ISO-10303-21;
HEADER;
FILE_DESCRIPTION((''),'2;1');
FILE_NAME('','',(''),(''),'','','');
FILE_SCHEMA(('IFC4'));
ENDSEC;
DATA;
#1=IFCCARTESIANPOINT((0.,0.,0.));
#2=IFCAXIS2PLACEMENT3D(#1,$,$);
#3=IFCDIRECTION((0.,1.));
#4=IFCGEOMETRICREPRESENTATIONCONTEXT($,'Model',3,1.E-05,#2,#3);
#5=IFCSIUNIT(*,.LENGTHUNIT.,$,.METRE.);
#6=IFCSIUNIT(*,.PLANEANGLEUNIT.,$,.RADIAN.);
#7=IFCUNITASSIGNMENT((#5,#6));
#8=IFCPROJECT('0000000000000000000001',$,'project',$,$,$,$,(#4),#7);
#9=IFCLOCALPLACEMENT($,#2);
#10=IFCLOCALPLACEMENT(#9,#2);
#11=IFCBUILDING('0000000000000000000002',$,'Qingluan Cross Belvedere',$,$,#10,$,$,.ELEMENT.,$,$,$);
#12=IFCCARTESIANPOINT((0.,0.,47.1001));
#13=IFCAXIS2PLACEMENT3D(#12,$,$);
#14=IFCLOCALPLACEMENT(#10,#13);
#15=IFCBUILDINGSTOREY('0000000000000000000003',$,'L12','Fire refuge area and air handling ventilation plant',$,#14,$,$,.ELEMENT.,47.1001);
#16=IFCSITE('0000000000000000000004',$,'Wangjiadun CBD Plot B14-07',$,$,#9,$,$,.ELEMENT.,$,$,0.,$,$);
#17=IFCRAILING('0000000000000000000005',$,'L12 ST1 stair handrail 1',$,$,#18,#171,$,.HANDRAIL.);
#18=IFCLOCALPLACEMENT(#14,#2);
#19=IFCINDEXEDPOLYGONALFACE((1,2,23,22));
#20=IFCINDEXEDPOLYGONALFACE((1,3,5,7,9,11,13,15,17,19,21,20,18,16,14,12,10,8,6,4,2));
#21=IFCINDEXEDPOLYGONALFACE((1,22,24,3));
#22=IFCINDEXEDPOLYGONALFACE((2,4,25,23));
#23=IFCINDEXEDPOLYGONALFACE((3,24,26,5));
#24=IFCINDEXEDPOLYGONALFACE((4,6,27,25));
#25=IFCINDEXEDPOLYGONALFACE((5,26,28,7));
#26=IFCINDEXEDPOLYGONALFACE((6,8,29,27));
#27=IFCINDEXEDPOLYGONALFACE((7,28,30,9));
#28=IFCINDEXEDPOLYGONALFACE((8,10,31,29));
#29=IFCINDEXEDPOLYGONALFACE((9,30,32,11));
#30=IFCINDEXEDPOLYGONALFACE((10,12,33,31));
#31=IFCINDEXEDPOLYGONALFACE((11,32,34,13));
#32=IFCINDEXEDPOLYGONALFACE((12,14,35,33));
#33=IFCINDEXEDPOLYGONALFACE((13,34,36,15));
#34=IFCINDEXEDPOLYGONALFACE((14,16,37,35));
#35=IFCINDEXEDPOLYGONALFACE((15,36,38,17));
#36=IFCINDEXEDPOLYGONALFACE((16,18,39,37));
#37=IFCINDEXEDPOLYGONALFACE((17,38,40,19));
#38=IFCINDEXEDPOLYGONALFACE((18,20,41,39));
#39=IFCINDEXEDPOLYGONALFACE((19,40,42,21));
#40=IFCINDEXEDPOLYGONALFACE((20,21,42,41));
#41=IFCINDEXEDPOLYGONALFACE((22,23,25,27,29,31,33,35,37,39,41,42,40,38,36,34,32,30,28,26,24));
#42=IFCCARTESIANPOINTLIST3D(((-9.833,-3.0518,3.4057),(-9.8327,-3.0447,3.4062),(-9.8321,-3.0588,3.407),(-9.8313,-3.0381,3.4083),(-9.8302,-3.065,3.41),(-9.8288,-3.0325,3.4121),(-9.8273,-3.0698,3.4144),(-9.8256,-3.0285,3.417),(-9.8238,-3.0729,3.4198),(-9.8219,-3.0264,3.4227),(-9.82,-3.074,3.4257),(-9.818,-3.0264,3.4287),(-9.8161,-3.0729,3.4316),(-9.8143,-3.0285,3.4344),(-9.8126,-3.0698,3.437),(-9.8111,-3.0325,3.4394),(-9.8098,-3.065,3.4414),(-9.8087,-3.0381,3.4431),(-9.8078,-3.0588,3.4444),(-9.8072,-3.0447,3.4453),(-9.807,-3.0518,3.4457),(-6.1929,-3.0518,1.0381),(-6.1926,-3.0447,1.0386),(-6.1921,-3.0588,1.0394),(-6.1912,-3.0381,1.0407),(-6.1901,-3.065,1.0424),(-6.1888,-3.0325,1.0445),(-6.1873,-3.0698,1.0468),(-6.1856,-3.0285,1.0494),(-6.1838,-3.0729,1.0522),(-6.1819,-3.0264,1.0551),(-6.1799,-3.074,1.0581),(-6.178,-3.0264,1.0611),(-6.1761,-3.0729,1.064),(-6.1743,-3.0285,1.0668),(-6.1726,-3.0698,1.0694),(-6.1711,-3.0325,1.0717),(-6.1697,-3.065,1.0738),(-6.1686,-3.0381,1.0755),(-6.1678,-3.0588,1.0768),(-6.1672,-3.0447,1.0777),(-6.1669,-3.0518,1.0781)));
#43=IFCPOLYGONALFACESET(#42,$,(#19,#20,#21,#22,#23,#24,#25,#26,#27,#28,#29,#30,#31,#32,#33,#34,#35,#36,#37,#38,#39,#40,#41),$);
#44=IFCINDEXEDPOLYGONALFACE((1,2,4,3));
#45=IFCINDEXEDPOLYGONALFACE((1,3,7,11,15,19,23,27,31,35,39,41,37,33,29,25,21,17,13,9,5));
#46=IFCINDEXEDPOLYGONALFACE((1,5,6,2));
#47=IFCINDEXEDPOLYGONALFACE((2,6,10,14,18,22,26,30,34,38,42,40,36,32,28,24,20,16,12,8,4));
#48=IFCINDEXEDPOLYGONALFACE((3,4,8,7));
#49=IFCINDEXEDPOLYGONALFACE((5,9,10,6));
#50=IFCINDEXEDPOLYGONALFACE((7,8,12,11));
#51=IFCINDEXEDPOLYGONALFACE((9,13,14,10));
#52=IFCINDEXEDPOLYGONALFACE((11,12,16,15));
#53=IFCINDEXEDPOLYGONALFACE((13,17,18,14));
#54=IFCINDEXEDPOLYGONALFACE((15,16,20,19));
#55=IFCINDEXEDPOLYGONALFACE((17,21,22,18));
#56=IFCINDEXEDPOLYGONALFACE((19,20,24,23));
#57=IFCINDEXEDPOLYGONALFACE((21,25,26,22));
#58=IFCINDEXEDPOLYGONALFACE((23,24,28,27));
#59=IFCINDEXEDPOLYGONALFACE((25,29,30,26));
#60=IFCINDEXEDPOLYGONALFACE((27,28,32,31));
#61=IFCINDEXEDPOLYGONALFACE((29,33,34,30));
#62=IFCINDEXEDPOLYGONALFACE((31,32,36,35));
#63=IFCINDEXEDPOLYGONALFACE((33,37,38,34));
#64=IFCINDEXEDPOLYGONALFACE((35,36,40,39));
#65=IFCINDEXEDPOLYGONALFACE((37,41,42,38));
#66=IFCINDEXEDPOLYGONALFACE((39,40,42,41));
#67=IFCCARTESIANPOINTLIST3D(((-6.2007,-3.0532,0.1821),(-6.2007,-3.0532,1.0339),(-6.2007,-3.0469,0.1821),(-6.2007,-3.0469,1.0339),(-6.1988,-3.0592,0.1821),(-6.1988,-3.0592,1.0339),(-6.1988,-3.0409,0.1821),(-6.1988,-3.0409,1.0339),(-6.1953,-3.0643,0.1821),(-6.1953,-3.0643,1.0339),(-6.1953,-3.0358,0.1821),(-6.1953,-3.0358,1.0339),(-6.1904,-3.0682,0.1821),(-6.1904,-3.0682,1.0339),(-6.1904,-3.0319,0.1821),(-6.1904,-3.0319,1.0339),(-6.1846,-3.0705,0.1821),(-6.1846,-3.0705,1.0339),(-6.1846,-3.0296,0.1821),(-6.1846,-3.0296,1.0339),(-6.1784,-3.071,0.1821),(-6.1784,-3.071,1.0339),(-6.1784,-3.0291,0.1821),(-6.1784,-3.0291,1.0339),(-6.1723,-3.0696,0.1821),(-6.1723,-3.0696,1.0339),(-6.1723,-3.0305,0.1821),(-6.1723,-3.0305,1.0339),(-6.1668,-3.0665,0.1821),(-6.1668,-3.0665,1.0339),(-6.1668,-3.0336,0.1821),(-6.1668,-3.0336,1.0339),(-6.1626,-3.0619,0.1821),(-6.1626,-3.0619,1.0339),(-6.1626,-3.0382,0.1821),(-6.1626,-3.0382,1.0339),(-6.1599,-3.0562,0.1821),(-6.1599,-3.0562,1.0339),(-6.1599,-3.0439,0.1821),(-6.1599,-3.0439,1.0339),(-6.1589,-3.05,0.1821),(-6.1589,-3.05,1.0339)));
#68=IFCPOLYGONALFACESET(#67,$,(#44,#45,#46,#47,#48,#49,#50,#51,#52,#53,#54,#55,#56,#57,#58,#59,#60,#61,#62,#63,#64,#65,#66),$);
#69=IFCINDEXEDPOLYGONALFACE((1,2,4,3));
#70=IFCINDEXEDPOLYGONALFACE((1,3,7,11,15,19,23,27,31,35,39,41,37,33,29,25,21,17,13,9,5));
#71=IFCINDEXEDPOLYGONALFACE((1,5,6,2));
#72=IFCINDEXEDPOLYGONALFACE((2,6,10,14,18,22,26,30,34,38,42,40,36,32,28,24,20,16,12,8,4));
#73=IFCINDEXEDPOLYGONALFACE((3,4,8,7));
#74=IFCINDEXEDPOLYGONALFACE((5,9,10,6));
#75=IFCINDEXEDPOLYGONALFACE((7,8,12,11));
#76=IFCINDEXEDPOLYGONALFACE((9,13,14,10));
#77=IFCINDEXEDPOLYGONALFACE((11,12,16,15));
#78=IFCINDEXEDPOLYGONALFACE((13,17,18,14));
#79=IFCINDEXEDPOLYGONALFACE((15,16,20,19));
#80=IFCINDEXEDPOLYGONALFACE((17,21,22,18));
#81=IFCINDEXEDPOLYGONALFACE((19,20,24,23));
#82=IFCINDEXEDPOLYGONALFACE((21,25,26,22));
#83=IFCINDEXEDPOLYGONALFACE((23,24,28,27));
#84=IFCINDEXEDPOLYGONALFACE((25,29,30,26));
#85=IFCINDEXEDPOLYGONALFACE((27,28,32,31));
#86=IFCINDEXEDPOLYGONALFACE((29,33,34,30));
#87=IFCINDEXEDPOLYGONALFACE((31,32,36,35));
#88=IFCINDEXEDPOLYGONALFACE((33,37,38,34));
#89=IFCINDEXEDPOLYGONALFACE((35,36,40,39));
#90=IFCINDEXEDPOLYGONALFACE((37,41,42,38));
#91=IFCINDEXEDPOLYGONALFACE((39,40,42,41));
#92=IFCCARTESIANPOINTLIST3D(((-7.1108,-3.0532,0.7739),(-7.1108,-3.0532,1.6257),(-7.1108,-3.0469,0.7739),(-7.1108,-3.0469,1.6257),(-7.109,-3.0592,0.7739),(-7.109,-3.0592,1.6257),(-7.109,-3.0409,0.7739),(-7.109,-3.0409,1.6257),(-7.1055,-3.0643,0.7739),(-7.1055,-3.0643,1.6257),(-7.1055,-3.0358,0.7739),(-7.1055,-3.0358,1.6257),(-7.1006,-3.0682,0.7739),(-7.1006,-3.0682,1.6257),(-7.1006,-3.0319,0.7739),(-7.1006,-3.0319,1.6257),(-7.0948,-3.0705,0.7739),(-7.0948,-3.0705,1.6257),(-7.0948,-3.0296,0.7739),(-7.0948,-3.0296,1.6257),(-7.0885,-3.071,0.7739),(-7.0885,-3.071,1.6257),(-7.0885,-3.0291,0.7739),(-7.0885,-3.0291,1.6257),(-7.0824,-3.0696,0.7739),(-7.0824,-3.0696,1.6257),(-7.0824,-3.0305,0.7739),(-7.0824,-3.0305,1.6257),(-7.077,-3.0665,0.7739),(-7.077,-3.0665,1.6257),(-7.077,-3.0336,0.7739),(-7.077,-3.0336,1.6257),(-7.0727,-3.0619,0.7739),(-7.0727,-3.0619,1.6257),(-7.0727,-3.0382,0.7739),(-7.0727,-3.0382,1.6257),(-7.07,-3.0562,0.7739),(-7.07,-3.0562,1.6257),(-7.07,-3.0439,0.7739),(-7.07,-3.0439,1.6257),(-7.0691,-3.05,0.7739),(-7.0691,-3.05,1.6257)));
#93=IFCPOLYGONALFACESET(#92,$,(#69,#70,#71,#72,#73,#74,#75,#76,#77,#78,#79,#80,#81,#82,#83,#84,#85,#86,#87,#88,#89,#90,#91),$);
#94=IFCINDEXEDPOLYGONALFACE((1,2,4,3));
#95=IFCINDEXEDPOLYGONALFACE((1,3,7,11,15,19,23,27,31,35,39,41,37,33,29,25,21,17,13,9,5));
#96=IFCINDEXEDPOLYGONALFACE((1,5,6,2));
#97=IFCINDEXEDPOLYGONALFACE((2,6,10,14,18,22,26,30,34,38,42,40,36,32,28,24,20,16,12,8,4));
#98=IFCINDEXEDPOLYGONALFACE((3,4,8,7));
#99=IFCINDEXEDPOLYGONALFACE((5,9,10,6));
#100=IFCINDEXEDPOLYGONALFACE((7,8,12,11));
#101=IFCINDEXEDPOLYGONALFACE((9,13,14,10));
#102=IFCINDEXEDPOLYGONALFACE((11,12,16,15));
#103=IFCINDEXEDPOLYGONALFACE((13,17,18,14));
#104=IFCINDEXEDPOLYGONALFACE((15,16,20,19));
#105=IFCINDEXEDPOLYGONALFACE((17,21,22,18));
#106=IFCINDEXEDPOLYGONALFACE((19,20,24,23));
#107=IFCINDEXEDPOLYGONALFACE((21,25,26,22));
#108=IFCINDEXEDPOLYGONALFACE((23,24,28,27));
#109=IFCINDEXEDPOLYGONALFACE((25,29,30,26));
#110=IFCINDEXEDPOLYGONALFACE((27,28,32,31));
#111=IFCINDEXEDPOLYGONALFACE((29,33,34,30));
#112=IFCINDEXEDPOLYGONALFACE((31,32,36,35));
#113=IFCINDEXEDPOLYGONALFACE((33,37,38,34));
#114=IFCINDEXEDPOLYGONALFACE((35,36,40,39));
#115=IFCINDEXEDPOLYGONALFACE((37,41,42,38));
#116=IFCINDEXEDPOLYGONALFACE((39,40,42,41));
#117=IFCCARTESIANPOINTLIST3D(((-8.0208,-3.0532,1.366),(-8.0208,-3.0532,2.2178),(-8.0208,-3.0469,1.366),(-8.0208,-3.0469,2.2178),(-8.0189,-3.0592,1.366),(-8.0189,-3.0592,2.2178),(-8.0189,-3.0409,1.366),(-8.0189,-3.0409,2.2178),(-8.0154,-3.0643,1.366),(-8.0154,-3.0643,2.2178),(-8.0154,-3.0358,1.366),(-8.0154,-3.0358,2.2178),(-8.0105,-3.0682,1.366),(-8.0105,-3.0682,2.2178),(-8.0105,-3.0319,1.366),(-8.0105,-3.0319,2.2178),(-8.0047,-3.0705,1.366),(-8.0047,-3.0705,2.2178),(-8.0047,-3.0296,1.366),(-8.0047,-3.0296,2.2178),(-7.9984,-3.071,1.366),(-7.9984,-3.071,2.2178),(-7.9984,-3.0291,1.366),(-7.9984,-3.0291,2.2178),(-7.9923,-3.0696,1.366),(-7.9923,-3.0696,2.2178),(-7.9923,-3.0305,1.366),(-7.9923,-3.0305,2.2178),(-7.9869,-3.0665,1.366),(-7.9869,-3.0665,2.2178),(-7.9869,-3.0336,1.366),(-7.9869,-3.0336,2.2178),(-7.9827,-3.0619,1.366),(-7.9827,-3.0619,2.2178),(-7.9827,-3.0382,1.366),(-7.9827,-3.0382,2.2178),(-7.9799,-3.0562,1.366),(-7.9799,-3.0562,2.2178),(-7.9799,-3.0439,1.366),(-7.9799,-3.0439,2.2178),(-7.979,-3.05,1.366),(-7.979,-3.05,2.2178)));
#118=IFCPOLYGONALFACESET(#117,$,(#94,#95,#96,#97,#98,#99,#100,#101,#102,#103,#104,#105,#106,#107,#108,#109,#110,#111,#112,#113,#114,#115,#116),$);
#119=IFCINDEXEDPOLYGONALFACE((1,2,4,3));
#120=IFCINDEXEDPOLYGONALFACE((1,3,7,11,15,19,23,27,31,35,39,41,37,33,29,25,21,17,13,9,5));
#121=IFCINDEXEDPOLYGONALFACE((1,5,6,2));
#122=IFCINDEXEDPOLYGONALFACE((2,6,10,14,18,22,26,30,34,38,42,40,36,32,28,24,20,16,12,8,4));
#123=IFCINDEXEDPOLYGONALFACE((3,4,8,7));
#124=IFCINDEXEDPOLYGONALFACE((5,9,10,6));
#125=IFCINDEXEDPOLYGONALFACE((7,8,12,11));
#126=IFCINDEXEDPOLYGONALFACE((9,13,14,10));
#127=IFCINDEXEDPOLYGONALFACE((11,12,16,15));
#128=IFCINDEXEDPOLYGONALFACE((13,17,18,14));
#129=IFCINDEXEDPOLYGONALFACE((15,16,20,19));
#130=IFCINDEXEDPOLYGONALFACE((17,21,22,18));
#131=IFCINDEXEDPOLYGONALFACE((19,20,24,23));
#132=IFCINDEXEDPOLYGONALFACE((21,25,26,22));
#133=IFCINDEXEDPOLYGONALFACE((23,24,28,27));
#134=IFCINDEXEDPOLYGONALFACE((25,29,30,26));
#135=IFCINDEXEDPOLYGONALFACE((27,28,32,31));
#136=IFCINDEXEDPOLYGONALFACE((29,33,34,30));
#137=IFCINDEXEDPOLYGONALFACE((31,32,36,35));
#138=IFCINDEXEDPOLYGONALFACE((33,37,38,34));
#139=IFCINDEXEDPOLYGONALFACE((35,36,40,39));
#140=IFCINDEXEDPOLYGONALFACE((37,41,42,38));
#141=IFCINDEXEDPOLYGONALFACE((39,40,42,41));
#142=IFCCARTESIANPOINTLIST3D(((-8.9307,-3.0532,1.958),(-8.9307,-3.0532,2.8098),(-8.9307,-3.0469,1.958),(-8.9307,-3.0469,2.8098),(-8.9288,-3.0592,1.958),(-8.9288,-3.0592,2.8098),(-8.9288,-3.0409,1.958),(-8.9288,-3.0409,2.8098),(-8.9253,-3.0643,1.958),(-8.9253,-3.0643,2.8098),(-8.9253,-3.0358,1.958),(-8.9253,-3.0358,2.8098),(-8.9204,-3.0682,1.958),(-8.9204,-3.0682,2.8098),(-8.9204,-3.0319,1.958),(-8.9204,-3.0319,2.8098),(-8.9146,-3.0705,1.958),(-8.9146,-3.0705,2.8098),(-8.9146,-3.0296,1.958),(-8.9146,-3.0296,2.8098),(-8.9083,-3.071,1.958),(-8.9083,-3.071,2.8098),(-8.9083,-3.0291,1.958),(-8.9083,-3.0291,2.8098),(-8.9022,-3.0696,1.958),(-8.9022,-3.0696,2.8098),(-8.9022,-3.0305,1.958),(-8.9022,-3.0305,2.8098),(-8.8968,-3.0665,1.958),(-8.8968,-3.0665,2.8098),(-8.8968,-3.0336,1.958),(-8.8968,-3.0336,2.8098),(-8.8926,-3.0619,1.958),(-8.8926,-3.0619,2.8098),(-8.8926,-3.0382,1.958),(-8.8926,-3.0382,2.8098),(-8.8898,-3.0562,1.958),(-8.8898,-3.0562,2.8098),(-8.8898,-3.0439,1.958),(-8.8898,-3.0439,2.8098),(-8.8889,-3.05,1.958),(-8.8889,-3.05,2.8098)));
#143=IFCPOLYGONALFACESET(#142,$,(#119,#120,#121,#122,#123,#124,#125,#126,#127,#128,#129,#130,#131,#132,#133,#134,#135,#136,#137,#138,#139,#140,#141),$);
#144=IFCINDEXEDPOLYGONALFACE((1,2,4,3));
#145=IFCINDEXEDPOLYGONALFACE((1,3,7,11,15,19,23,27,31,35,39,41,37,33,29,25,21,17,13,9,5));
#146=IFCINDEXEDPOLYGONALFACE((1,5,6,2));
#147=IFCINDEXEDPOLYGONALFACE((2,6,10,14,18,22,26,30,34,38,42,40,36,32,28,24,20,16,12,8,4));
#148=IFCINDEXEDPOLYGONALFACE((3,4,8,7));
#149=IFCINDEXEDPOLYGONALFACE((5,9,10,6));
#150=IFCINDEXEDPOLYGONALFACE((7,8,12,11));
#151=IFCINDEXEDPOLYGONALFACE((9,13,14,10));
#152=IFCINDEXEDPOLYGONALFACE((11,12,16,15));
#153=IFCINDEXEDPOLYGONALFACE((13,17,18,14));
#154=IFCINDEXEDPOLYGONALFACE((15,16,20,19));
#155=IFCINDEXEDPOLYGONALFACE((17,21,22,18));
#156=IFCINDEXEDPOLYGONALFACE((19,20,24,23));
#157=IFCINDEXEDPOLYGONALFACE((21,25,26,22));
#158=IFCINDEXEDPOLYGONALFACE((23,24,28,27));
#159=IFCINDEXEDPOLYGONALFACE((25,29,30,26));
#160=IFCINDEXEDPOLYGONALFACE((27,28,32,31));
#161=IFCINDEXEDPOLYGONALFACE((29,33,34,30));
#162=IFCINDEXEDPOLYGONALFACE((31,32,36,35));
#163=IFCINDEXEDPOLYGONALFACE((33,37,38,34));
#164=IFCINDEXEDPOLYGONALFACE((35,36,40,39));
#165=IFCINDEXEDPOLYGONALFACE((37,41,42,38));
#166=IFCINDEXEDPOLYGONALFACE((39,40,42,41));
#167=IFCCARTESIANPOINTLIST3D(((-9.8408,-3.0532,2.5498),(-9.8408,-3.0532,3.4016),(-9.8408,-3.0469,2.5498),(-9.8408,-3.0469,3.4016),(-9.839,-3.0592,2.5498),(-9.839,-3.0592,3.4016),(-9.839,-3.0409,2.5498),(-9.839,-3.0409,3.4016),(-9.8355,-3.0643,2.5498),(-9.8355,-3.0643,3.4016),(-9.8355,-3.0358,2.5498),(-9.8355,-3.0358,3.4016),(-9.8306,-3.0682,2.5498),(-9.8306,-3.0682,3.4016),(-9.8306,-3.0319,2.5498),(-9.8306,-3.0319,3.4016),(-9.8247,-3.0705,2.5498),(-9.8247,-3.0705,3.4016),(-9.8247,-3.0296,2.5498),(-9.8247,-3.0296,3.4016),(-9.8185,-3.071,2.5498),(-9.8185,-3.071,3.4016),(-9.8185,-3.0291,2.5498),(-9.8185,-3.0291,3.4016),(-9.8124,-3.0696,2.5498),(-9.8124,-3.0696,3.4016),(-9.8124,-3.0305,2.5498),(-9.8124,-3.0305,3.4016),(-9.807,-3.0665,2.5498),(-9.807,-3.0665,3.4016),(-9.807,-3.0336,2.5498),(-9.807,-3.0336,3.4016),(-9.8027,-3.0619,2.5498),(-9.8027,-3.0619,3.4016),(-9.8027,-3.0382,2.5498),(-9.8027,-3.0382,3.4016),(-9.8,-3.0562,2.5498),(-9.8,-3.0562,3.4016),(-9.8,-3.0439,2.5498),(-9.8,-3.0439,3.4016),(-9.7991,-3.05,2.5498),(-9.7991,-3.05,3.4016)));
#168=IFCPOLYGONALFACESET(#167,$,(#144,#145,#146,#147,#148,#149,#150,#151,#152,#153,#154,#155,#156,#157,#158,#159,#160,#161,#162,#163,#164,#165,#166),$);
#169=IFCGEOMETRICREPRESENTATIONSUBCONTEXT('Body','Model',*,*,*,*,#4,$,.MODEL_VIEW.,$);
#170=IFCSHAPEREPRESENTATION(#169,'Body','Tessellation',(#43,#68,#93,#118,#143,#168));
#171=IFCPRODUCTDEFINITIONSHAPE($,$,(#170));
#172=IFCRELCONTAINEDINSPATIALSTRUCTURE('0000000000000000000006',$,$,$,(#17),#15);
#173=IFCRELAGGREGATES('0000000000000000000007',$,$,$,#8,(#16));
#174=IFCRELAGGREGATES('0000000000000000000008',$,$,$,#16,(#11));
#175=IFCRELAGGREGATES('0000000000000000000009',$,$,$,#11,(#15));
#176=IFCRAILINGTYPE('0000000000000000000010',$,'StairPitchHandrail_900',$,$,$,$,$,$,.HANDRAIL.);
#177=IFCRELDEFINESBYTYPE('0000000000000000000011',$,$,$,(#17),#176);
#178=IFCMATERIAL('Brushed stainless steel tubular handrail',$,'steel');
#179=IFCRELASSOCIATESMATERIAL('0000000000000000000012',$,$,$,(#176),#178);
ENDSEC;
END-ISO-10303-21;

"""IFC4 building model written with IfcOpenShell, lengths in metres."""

from ifc_helpers import new_model, si_unit, direction, frame, origin, origin_2d, place, context, subcontext, project, spatial, circle, extrude, material, type_object, element, save


model = new_model("IFC4")

# Units and contexts
model_context = context("Model", 3, precision=1e-05, world=origin(), true_north=direction((0.0, 1.0)))
body_context = subcontext(model_context, "Body", "Model", "MODEL_VIEW")
ifc_project = project(units=[si_unit("LENGTHUNIT", "METRE"), si_unit("PLANEANGLEUNIT", "RADIAN")], contexts=[model_context])

# Site, building, storey
site_placement = place(None, origin())
site = spatial("IfcSite", under=ifc_project, at=site_placement, Name="Wangjiadun CBD Plot B14-07", CompositionType="ELEMENT", RefElevation=0.0)
building_placement = place(site_placement, origin())
building = spatial("IfcBuilding", under=site, at=building_placement, Name="Qingluan Cross Belvedere", CompositionType="ELEMENT")
storey_placement = place(building_placement, frame((0.0, 0.0, 47.1001)))
storey = spatial("IfcBuildingStorey", under=building, at=storey_placement, Name="L12", Description="Fire refuge area and air handling ventilation plant", CompositionType="ELEMENT", Elevation=47.1001)

# Railing
ifc_material_1 = material(Name="Brushed stainless steel tubular handrail", Category="steel")
railing_type_1 = type_object("IfcRailingType", Name="StairPitchHandrail_900", PredefinedType="HANDRAIL", material=ifc_material_1)
railing_1_placement = place(storey_placement, frame((-6.1799, -3.05, 0.1821)))
element("IfcRailing", 1, at=railing_1_placement, inside=storey, type_object=railing_type_1, Name="L12 ST1 stair handrail 1", PredefinedType="HANDRAIL", context=body_context, shape_type="SweptSolid", body=[
    extrude(circle(Radius=0.0239, at=origin_2d()), frame((0.0, 0.0, 0.876), z_axis=(-0.838277, 0.0, 0.545245), x_axis=(0.0, -1.0, 0.0)), (0.0, 0.0, 1.0), 4.3423),
    extrude(circle(Radius=0.021, at=origin_2d()), origin(), (0.0, 0.0, 1.0), 0.8518),
    extrude(circle(Radius=0.021, at=origin_2d()), frame((-0.9102, 0.0, 0.5918)), (0.0, 0.0, 1.0), 0.8518),
    extrude(circle(Radius=0.021, at=origin_2d()), frame((-1.8201, 0.0, 1.1838)), (0.0, 0.0, 1.0), 0.8518),
    extrude(circle(Radius=0.021, at=origin_2d()), frame((-2.73, 0.0, 1.7759)), (0.0, 0.0, 1.0), 0.8518),
    extrude(circle(Radius=0.021, at=origin_2d()), frame((-3.6401, 0.0, 2.3677)), (0.0, 0.0, 1.0), 0.8518),
])

save(model, "model.ifc")
